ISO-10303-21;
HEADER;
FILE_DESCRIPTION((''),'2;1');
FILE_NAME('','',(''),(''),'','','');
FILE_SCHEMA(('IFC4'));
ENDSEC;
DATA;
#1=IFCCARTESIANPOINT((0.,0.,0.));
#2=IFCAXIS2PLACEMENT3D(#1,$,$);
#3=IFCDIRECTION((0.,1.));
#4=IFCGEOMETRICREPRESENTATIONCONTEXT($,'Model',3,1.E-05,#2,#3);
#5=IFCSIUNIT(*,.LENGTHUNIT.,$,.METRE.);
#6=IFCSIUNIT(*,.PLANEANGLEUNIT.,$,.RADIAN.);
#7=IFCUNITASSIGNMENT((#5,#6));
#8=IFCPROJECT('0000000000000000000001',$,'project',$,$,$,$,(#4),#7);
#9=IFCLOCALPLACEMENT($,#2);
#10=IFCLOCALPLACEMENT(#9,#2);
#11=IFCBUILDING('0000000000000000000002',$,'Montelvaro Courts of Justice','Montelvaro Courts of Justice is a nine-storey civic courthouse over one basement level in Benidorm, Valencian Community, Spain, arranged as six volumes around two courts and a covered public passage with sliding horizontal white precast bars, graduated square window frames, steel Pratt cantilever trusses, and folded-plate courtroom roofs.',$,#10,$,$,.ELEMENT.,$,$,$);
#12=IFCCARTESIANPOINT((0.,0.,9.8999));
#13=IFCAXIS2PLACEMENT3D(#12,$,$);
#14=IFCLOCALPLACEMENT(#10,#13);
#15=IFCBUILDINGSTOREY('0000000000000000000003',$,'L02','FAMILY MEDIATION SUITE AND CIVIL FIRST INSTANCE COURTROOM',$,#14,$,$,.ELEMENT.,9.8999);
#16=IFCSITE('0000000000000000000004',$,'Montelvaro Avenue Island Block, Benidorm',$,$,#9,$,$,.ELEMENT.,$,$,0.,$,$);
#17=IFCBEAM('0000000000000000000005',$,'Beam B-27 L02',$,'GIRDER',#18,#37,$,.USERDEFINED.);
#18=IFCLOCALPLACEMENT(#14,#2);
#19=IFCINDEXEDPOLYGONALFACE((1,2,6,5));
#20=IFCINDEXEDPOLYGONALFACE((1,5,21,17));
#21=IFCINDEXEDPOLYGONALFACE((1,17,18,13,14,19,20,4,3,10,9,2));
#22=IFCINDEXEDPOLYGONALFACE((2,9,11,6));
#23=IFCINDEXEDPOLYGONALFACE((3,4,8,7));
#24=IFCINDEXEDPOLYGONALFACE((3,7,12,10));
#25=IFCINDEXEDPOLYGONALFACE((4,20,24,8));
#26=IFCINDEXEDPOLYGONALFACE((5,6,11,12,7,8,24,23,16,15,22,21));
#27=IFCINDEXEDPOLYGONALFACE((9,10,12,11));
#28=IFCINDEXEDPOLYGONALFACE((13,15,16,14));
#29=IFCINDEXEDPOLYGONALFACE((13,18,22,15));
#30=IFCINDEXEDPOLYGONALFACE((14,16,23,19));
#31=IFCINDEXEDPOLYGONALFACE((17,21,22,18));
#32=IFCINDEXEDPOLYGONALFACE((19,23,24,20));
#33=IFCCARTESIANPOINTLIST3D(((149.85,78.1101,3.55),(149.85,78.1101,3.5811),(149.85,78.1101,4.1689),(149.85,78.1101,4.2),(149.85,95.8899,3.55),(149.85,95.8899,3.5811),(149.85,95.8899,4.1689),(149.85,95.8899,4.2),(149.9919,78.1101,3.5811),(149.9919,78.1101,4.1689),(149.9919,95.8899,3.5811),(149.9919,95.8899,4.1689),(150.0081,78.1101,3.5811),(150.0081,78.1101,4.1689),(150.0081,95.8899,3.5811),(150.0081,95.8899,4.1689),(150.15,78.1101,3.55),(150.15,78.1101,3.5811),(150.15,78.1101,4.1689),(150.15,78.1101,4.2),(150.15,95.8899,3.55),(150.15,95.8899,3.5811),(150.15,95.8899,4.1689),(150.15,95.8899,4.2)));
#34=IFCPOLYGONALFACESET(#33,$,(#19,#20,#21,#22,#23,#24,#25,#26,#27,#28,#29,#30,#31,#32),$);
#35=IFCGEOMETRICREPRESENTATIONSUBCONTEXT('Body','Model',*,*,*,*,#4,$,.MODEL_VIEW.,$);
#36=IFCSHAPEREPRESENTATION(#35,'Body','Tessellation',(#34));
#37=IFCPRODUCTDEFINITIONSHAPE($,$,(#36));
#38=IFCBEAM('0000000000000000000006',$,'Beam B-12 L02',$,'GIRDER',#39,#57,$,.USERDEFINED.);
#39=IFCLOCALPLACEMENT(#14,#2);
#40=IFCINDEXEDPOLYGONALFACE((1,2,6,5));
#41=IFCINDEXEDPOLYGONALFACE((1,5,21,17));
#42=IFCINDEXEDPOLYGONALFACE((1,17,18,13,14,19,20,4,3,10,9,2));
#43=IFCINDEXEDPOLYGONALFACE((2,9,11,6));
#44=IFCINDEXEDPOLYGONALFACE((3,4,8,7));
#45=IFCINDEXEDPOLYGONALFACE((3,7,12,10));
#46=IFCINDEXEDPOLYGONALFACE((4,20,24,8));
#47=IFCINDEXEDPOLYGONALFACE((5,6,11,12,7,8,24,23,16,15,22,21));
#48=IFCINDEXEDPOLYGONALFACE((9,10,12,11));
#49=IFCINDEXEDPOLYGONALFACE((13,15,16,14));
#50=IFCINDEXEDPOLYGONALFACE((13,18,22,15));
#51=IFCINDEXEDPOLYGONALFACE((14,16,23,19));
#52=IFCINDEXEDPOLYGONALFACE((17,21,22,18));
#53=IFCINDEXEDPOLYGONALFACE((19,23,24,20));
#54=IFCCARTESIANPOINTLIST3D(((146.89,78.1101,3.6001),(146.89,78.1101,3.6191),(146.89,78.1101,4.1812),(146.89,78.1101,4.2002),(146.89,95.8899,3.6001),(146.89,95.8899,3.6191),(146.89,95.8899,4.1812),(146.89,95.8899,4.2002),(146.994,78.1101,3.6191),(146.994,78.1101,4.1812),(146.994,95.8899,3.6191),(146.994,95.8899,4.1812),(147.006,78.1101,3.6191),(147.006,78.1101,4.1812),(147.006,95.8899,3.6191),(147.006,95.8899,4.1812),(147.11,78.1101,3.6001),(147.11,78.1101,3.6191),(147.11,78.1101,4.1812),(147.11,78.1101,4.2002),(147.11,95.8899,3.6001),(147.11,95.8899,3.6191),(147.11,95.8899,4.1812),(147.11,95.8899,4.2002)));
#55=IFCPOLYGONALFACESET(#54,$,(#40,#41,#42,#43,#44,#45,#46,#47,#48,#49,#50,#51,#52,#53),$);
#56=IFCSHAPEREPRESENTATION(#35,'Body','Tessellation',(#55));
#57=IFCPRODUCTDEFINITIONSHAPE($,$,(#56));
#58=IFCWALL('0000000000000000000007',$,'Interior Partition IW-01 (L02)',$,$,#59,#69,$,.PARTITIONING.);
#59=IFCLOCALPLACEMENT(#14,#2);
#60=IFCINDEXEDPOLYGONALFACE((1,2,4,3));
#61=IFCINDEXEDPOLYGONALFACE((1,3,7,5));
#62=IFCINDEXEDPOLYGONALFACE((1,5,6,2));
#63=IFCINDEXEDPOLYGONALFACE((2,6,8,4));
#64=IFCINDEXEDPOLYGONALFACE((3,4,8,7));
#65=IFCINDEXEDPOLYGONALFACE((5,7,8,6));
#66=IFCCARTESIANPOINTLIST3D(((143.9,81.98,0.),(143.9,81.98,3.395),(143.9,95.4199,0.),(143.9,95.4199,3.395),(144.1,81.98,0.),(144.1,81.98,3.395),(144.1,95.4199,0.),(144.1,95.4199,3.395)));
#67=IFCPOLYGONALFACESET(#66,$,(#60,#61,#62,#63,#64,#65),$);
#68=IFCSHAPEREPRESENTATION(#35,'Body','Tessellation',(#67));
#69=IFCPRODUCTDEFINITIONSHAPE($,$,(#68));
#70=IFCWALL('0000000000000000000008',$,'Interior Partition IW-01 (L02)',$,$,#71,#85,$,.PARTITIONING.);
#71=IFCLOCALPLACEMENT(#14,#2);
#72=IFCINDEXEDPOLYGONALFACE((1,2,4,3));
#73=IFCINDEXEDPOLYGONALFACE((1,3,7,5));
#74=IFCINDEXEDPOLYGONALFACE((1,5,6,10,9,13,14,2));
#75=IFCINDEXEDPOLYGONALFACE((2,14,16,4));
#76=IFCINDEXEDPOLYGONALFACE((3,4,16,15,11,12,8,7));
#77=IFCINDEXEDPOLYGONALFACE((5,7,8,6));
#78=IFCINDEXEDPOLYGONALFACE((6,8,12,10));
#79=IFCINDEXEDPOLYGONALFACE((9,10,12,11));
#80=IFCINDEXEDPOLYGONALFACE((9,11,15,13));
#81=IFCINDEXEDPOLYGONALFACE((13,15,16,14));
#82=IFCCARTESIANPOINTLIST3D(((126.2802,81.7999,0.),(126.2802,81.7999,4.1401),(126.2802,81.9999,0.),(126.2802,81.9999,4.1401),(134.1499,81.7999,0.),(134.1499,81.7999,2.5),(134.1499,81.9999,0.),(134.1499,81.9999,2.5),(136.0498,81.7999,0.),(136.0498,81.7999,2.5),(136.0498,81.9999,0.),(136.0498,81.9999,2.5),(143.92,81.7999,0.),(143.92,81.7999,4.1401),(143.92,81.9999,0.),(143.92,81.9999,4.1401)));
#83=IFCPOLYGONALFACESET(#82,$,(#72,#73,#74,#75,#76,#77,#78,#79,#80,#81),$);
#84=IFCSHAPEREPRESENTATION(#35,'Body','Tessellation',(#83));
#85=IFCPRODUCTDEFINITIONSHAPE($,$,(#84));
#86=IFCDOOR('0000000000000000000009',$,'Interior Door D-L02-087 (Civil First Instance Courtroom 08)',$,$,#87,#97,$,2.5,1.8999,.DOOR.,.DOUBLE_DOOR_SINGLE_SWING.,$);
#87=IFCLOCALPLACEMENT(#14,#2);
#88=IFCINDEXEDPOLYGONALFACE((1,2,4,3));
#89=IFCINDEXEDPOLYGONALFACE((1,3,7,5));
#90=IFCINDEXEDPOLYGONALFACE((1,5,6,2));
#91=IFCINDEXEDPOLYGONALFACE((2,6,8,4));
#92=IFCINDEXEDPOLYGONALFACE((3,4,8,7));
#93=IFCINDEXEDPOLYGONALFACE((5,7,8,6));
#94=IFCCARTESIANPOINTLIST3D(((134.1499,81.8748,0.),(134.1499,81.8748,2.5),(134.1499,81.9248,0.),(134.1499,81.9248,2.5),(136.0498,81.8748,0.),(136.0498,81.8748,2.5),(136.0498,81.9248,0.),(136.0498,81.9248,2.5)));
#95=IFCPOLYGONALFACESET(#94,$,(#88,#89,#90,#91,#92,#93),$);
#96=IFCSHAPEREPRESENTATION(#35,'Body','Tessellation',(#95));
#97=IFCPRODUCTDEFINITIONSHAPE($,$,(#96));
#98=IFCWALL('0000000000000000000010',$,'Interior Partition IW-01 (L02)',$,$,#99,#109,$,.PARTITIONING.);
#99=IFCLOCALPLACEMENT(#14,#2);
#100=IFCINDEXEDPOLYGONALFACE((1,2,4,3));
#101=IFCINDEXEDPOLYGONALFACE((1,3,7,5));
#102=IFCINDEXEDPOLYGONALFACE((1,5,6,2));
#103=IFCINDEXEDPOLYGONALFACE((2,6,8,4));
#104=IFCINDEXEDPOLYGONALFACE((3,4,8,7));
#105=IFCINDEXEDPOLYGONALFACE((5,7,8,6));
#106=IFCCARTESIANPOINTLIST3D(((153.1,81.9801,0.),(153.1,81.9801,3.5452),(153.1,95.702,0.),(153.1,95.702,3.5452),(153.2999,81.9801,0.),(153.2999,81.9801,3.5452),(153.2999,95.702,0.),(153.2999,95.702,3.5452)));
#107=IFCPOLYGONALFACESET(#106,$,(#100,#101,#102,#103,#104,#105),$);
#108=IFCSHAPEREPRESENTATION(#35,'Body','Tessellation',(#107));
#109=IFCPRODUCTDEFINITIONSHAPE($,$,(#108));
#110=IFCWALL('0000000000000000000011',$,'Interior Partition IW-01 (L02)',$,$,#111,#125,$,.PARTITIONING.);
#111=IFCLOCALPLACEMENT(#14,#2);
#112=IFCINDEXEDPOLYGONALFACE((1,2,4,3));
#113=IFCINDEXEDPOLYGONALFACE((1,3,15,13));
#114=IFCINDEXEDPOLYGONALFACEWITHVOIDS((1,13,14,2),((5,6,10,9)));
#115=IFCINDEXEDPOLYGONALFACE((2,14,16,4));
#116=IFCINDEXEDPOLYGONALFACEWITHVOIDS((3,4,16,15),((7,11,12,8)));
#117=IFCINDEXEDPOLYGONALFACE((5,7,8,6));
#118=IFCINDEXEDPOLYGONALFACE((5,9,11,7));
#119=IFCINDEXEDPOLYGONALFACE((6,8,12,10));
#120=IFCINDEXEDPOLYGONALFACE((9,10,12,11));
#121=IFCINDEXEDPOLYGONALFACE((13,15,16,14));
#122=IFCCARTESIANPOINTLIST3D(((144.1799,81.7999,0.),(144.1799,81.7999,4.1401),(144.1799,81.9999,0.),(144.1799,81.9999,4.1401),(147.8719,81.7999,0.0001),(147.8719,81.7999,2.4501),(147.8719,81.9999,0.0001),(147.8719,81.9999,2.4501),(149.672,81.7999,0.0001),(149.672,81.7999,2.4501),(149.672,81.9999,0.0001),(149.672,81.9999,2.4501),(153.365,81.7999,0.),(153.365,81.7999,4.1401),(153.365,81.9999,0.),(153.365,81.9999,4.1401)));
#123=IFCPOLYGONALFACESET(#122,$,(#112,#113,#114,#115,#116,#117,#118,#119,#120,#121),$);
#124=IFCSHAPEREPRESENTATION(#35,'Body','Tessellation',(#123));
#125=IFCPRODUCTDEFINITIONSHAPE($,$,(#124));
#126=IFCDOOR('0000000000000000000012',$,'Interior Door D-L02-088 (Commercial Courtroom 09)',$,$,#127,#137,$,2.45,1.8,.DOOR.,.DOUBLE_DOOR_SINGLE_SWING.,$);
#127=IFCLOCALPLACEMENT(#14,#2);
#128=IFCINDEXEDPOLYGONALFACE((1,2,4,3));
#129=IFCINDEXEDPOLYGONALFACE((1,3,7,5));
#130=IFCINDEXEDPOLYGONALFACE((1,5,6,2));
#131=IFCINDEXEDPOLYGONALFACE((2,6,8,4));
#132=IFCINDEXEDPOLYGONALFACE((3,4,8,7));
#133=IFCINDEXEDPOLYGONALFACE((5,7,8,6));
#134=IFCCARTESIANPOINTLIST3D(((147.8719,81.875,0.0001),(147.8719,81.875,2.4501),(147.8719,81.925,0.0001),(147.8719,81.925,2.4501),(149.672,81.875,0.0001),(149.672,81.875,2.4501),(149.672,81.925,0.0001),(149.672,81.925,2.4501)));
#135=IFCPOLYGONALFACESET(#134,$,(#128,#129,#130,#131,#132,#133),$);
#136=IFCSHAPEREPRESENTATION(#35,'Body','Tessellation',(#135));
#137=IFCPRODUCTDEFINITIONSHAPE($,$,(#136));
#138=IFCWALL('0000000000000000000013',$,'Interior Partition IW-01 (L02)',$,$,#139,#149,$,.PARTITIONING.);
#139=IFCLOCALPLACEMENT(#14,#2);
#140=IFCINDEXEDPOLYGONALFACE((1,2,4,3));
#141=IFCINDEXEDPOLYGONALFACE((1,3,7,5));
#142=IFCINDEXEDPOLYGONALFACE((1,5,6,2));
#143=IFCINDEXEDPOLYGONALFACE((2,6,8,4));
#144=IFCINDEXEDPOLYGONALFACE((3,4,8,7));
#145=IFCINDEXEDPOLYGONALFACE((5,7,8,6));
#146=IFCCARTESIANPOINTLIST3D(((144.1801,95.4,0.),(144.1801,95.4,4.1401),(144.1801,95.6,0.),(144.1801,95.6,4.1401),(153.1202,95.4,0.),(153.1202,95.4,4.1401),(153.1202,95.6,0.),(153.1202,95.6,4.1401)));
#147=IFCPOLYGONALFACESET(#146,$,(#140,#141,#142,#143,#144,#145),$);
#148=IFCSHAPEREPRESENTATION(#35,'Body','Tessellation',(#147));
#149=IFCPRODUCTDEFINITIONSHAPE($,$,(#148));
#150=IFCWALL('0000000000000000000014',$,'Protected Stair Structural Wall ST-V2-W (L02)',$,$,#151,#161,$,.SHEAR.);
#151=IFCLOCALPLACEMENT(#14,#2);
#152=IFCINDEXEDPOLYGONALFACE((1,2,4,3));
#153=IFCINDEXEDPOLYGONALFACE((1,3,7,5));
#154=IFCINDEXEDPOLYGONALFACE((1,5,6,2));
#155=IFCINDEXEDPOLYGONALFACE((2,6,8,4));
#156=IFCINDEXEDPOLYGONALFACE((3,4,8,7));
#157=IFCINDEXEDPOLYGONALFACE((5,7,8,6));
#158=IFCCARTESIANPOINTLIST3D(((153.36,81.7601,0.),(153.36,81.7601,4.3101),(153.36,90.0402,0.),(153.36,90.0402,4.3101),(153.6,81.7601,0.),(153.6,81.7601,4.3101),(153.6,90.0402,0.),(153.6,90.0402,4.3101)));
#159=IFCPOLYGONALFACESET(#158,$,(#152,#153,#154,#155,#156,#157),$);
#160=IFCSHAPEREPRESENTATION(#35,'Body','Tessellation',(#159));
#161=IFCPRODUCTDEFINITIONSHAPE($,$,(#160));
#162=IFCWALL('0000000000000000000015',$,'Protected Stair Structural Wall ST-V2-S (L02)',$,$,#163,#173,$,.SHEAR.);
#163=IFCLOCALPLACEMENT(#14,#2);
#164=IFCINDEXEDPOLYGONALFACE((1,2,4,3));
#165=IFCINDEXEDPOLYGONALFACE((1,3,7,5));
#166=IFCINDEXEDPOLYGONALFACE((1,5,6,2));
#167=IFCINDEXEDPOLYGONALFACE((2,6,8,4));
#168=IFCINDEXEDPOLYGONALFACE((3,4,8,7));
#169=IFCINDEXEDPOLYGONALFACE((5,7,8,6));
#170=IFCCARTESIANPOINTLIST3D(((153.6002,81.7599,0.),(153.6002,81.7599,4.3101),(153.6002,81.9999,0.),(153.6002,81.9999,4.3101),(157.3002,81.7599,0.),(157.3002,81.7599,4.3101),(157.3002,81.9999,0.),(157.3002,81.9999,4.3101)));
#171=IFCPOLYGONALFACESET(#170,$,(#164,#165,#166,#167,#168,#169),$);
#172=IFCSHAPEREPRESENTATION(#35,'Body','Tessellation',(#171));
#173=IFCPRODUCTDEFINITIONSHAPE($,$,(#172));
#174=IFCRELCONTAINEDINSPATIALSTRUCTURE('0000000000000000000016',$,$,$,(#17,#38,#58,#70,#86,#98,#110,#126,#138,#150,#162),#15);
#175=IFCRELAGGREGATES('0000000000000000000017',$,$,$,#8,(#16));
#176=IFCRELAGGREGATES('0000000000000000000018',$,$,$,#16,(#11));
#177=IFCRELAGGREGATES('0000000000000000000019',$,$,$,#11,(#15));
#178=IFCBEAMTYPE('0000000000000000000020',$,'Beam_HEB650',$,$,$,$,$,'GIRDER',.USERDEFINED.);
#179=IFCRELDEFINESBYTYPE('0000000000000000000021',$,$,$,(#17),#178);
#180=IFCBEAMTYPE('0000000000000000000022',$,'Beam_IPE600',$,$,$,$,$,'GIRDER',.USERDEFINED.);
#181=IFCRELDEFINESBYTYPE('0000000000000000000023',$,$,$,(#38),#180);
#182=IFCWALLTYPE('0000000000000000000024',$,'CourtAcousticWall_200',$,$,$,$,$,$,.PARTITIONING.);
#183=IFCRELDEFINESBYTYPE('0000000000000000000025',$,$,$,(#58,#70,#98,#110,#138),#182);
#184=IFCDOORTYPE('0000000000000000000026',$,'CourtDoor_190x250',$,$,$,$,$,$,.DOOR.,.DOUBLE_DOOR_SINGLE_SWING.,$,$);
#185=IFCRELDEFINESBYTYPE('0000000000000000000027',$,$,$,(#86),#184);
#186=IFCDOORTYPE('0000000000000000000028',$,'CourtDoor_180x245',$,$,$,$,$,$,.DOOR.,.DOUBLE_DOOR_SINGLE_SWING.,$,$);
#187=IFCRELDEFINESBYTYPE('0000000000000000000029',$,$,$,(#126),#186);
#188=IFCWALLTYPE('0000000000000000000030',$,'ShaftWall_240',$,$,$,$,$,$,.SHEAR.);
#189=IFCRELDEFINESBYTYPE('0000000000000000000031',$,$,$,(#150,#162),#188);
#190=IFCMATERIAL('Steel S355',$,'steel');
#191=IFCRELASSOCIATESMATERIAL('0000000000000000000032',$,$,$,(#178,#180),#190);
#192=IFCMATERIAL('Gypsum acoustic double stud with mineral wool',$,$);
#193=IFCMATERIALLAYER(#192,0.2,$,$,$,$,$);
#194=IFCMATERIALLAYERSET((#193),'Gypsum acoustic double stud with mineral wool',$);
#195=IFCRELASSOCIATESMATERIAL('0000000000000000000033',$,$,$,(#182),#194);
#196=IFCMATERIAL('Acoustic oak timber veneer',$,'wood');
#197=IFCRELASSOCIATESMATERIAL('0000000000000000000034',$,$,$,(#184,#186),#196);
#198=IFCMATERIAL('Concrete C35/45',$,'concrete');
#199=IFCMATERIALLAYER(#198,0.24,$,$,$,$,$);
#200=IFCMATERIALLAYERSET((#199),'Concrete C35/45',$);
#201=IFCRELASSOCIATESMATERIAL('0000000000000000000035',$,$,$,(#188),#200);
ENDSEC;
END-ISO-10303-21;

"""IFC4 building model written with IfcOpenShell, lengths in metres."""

from ifc_helpers import new_model, si_unit, direction, frame, frame_2d, origin, origin_2d, place, context, subcontext, project, spatial, rectangle, i_section, extrude, material, layer, layer_set, material_profile, profile_set, type_object, element, fill, save


model = new_model("IFC4")

# Units and contexts
model_context = context("Model", 3, precision=1e-05, world=origin(), true_north=direction((0.0, 1.0)))
body_context = subcontext(model_context, "Body", "Model", "MODEL_VIEW")
ifc_project = project(units=[si_unit("LENGTHUNIT", "METRE"), si_unit("PLANEANGLEUNIT", "RADIAN")], contexts=[model_context])

# Site, building, storey
site_placement = place(None, origin())
site = spatial("IfcSite", under=ifc_project, at=site_placement, Name="Montelvaro Avenue Island Block, Benidorm", CompositionType="ELEMENT", RefElevation=0.0)
building_placement = place(site_placement, origin())
building = spatial("IfcBuilding", under=site, at=building_placement, Name="Montelvaro Courts of Justice", Description="Montelvaro Courts of Justice is a nine-storey civic courthouse over one basement level in Benidorm, Valencian Community, Spain, arranged as six volumes around two courts and a covered public passage with sliding horizontal white precast bars, graduated square window frames, steel Pratt cantilever trusses, and folded-plate courtroom roofs.", CompositionType="ELEMENT")
storey_placement = place(building_placement, frame((0.0, 0.0, 9.8999)))
storey = spatial("IfcBuildingStorey", under=building, at=storey_placement, Name="L02", Description="FAMILY MEDIATION SUITE AND CIVIL FIRST INSTANCE COURTROOM", CompositionType="ELEMENT", Elevation=9.8999)

# Beams
ifc_material_1 = material(Name="Steel S355", Category="steel")
ifc_material_profile_1 = material_profile(ifc_material_1, i_section(OverallWidth=0.3, OverallDepth=0.6499, WebThickness=0.0161, FlangeThickness=0.031, at=origin_2d()), Name="HEB 650")
ifc_profile_set_1 = profile_set([ifc_material_profile_1], Name="Steel S355")
beam_type_1 = type_object("IfcBeamType", Name="Beam_HEB650", ElementType="GIRDER", PredefinedType="USERDEFINED", material=ifc_profile_set_1)
beam_1_placement = place(storey_placement, frame((150.0, 78.1101, 3.875), z_axis=(0.0, 1.0, 0.0), x_axis=(-1.0, 0.0, 0.0)))
element("IfcBeam", 1, at=beam_1_placement, inside=storey, type_object=beam_type_1, Name="Beam B-27 L02", ObjectType="GIRDER", PredefinedType="USERDEFINED", context=body_context, shape_type="SweptSolid", body=[
    extrude(i_section(OverallWidth=0.3, OverallDepth=0.6499, WebThickness=0.0161, FlangeThickness=0.031, at=origin_2d()), origin(), (0.0, 0.0, 1.0), 17.7798),
])
ifc_material_profile_2 = material_profile(ifc_material_1, i_section(OverallWidth=0.22, OverallDepth=0.6001, WebThickness=0.012, FlangeThickness=0.019, at=origin_2d()), Name="IPE 600")
ifc_profile_set_2 = profile_set([ifc_material_profile_2], Name="Steel S355")
beam_type_2 = type_object("IfcBeamType", Name="Beam_IPE600", ElementType="GIRDER", PredefinedType="USERDEFINED", material=ifc_profile_set_2)
beam_2_placement = place(storey_placement, frame((147.0, 78.1101, 3.9001), z_axis=(0.0, 1.0, 0.0), x_axis=(-1.0, 0.0, 0.0)))
element("IfcBeam", 2, at=beam_2_placement, inside=storey, type_object=beam_type_2, Name="Beam B-12 L02", ObjectType="GIRDER", PredefinedType="USERDEFINED", context=body_context, shape_type="SweptSolid", body=[
    extrude(i_section(OverallWidth=0.22, OverallDepth=0.6001, WebThickness=0.012, FlangeThickness=0.019, at=origin_2d()), origin(), (0.0, 0.0, 1.0), 17.7798),
])

# Wall
ifc_material_2 = material(Name="Gypsum acoustic double stud with mineral wool")
ifc_layer_1 = layer(ifc_material_2, 0.2)
ifc_layer_set_1 = layer_set([ifc_layer_1], Name="Gypsum acoustic double stud with mineral wool")
wall_type_1 = type_object("IfcWallType", Name="CourtAcousticWall_200", PredefinedType="PARTITIONING", material=ifc_layer_set_1)
wall_1_placement = place(storey_placement, frame((144.0, 95.4199, 0.0), z_axis=(0.0, 0.0, 1.0), x_axis=(0.0, -1.0, 0.0)))
element("IfcWall", 3, at=wall_1_placement, inside=storey, type_object=wall_type_1, Name="Interior Partition IW-01 (L02)", PredefinedType="PARTITIONING", context=body_context, shape_type="SweptSolid", body=[
    extrude(rectangle(XDim=13.4399, YDim=0.2, at=frame_2d((6.72, 0.0))), origin(), (0.0, 0.0, 1.0), 3.395),
])

# Wall, opening, door
wall_2_placement = place(storey_placement, frame((143.9199, 81.8999, 0.0), z_axis=(0.0, 0.0, 1.0), x_axis=(-1.0, 0.0, 0.0)))
wall_2 = element("IfcWall", 4, at=wall_2_placement, inside=storey, type_object=wall_type_1, Name="Interior Partition IW-01 (L02)", PredefinedType="PARTITIONING", context=body_context, shape_type="SweptSolid", body=[
    extrude(rectangle(XDim=17.6399, YDim=0.2, at=frame_2d((8.8198, 0.0))), origin(), (0.0, 0.0, 1.0), 4.1401),
])
opening_1_placement = place(wall_2_placement, frame((7.8701, 0.0, 0.0)))
opening_1 = element("IfcOpeningElement", 5, at=opening_1_placement, cuts=wall_2, PredefinedType="OPENING", context=body_context, shape_type="SweptSolid", body=[
    extrude(rectangle(XDim=1.8999, YDim=2.5, at=frame_2d((0.95, 1.25))), frame((0.0, 0.1147, 0.0), z_axis=(0.0, -1.0, 0.0), x_axis=(1.0, 0.0, 0.0)), (0.0, 0.0, 1.0), 0.2297),
])
ifc_material_3 = material(Name="Acoustic oak timber veneer", Category="wood")
door_type_1 = type_object("IfcDoorType", Name="CourtDoor_190x250", OperationType="DOUBLE_DOOR_SINGLE_SWING", PredefinedType="DOOR", material=ifc_material_3)
door_1_placement = place(opening_1_placement, frame((1.8999, 0.0, 0.0), z_axis=(0.0, 0.0, 1.0), x_axis=(-1.0, 0.0, 0.0)))
door_1 = element("IfcDoor", 6, at=door_1_placement, inside=storey, type_object=door_type_1, Name="Interior Door D-L02-087 (Civil First Instance Courtroom 08)", OperationType="DOUBLE_DOOR_SINGLE_SWING", OverallHeight=2.5, OverallWidth=1.8999, PredefinedType="DOOR", context=body_context, shape_type="SweptSolid", body=[
    extrude(rectangle(XDim=1.8999, YDim=2.5, at=frame_2d((0.95, 1.25))), frame((0.0, 0.0249, 0.0), z_axis=(0.0, -1.0, 0.0), x_axis=(1.0, 0.0, 0.0)), (0.0, 0.0, 1.0), 0.05),
])
fill(opening_1, door_1)

# Wall
wall_3_placement = place(storey_placement, frame((153.2, 95.7019, 0.0), z_axis=(0.0, 0.0, 1.0), x_axis=(0.0, -1.0, 0.0)))
element("IfcWall", 7, at=wall_3_placement, inside=storey, type_object=wall_type_1, Name="Interior Partition IW-01 (L02)", PredefinedType="PARTITIONING", context=body_context, shape_type="SweptSolid", body=[
    extrude(rectangle(XDim=13.7219, YDim=0.2, at=frame_2d((6.8608, 0.0))), origin(), (0.0, 0.0, 1.0), 3.5452),
])

# Wall, opening, door
wall_4_placement = place(storey_placement, frame((153.365, 81.8999, 0.0), z_axis=(0.0, 0.0, 1.0), x_axis=(-1.0, 0.0, 0.0)))
wall_4 = element("IfcWall", 8, at=wall_4_placement, inside=storey, type_object=wall_type_1, Name="Interior Partition IW-01 (L02)", PredefinedType="PARTITIONING", context=body_context, shape_type="SweptSolid", body=[
    extrude(rectangle(XDim=9.1851, YDim=0.2, at=frame_2d((4.5925, 0.0))), origin(), (0.0, 0.0, 1.0), 4.1401),
])
opening_2_placement = place(wall_4_placement, frame((3.6931, 0.0, 0.0)))
opening_2 = element("IfcOpeningElement", 9, at=opening_2_placement, cuts=wall_4, PredefinedType="OPENING", context=body_context, shape_type="SweptSolid", body=[
    extrude(rectangle(XDim=1.8, YDim=2.45, at=frame_2d((0.8999, 1.2251))), frame((0.0, 0.1147, 0.0), z_axis=(0.0, -1.0, 0.0), x_axis=(1.0, 0.0, 0.0)), (0.0, 0.0, 1.0), 0.2297),
])
door_type_2 = type_object("IfcDoorType", Name="CourtDoor_180x245", OperationType="DOUBLE_DOOR_SINGLE_SWING", PredefinedType="DOOR", material=ifc_material_3)
door_2_placement = place(opening_2_placement, origin())
door_2 = element("IfcDoor", 10, at=door_2_placement, inside=storey, type_object=door_type_2, Name="Interior Door D-L02-088 (Commercial Courtroom 09)", OperationType="DOUBLE_DOOR_SINGLE_SWING", OverallHeight=2.45, OverallWidth=1.8, PredefinedType="DOOR", context=body_context, shape_type="SweptSolid", body=[
    extrude(rectangle(XDim=1.8, YDim=2.45, at=frame_2d((0.8999, 1.2251))), frame((0.0, 0.0249, 0.0), z_axis=(0.0, -1.0, 0.0), x_axis=(1.0, 0.0, 0.0)), (0.0, 0.0, 1.0), 0.05),
])
fill(opening_2, door_2)

# Walls
wall_5_placement = place(storey_placement, frame((144.1799, 95.5, 0.0), z_axis=(0.0, 0.0, 1.0), x_axis=(1.0, 0.0, 0.0)))
element("IfcWall", 11, at=wall_5_placement, inside=storey, type_object=wall_type_1, Name="Interior Partition IW-01 (L02)", PredefinedType="PARTITIONING", context=body_context, shape_type="SweptSolid", body=[
    extrude(rectangle(XDim=8.9402, YDim=0.2, at=frame_2d((4.4702, 0.0))), origin(), (0.0, 0.0, 1.0), 4.1401),
])
ifc_material_4 = material(Name="Concrete C35/45", Category="concrete")
ifc_layer_2 = layer(ifc_material_4, 0.24)
ifc_layer_set_2 = layer_set([ifc_layer_2], Name="Concrete C35/45")
wall_type_2 = type_object("IfcWallType", Name="ShaftWall_240", PredefinedType="SHEAR", material=ifc_layer_set_2)
wall_6_placement = place(storey_placement, frame((153.48, 81.76, 0.0), z_axis=(0.0, 0.0, 1.0), x_axis=(0.0, 1.0, 0.0)))
element("IfcWall", 12, at=wall_6_placement, inside=storey, type_object=wall_type_2, Name="Protected Stair Structural Wall ST-V2-W (L02)", PredefinedType="SHEAR", context=body_context, shape_type="SweptSolid", body=[
    extrude(rectangle(XDim=8.28, YDim=0.24, at=frame_2d((4.1401, 0.0))), origin(), (0.0, 0.0, 1.0), 4.3101),
])
for number, where, z_axis, x_axis, name in (
    (13, (153.6001, 81.8799, 0.0), (0.0, 0.0, 1.0), (1.0, 0.0, 0.0), "Protected Stair Structural Wall ST-V2-S (L02)"),
):
    element("IfcWall", number, at=place(storey_placement, frame(where, z_axis=z_axis, x_axis=x_axis)), inside=storey, type_object=wall_type_2, Name=name, PredefinedType="SHEAR", context=body_context, shape_type="SweptSolid", body=[
        extrude(rectangle(XDim=3.7, YDim=0.24, at=frame_2d((1.8501, 0.0))), origin(), (0.0, 0.0, 1.0), 4.3101),
    ])

save(model, "model.ifc")
